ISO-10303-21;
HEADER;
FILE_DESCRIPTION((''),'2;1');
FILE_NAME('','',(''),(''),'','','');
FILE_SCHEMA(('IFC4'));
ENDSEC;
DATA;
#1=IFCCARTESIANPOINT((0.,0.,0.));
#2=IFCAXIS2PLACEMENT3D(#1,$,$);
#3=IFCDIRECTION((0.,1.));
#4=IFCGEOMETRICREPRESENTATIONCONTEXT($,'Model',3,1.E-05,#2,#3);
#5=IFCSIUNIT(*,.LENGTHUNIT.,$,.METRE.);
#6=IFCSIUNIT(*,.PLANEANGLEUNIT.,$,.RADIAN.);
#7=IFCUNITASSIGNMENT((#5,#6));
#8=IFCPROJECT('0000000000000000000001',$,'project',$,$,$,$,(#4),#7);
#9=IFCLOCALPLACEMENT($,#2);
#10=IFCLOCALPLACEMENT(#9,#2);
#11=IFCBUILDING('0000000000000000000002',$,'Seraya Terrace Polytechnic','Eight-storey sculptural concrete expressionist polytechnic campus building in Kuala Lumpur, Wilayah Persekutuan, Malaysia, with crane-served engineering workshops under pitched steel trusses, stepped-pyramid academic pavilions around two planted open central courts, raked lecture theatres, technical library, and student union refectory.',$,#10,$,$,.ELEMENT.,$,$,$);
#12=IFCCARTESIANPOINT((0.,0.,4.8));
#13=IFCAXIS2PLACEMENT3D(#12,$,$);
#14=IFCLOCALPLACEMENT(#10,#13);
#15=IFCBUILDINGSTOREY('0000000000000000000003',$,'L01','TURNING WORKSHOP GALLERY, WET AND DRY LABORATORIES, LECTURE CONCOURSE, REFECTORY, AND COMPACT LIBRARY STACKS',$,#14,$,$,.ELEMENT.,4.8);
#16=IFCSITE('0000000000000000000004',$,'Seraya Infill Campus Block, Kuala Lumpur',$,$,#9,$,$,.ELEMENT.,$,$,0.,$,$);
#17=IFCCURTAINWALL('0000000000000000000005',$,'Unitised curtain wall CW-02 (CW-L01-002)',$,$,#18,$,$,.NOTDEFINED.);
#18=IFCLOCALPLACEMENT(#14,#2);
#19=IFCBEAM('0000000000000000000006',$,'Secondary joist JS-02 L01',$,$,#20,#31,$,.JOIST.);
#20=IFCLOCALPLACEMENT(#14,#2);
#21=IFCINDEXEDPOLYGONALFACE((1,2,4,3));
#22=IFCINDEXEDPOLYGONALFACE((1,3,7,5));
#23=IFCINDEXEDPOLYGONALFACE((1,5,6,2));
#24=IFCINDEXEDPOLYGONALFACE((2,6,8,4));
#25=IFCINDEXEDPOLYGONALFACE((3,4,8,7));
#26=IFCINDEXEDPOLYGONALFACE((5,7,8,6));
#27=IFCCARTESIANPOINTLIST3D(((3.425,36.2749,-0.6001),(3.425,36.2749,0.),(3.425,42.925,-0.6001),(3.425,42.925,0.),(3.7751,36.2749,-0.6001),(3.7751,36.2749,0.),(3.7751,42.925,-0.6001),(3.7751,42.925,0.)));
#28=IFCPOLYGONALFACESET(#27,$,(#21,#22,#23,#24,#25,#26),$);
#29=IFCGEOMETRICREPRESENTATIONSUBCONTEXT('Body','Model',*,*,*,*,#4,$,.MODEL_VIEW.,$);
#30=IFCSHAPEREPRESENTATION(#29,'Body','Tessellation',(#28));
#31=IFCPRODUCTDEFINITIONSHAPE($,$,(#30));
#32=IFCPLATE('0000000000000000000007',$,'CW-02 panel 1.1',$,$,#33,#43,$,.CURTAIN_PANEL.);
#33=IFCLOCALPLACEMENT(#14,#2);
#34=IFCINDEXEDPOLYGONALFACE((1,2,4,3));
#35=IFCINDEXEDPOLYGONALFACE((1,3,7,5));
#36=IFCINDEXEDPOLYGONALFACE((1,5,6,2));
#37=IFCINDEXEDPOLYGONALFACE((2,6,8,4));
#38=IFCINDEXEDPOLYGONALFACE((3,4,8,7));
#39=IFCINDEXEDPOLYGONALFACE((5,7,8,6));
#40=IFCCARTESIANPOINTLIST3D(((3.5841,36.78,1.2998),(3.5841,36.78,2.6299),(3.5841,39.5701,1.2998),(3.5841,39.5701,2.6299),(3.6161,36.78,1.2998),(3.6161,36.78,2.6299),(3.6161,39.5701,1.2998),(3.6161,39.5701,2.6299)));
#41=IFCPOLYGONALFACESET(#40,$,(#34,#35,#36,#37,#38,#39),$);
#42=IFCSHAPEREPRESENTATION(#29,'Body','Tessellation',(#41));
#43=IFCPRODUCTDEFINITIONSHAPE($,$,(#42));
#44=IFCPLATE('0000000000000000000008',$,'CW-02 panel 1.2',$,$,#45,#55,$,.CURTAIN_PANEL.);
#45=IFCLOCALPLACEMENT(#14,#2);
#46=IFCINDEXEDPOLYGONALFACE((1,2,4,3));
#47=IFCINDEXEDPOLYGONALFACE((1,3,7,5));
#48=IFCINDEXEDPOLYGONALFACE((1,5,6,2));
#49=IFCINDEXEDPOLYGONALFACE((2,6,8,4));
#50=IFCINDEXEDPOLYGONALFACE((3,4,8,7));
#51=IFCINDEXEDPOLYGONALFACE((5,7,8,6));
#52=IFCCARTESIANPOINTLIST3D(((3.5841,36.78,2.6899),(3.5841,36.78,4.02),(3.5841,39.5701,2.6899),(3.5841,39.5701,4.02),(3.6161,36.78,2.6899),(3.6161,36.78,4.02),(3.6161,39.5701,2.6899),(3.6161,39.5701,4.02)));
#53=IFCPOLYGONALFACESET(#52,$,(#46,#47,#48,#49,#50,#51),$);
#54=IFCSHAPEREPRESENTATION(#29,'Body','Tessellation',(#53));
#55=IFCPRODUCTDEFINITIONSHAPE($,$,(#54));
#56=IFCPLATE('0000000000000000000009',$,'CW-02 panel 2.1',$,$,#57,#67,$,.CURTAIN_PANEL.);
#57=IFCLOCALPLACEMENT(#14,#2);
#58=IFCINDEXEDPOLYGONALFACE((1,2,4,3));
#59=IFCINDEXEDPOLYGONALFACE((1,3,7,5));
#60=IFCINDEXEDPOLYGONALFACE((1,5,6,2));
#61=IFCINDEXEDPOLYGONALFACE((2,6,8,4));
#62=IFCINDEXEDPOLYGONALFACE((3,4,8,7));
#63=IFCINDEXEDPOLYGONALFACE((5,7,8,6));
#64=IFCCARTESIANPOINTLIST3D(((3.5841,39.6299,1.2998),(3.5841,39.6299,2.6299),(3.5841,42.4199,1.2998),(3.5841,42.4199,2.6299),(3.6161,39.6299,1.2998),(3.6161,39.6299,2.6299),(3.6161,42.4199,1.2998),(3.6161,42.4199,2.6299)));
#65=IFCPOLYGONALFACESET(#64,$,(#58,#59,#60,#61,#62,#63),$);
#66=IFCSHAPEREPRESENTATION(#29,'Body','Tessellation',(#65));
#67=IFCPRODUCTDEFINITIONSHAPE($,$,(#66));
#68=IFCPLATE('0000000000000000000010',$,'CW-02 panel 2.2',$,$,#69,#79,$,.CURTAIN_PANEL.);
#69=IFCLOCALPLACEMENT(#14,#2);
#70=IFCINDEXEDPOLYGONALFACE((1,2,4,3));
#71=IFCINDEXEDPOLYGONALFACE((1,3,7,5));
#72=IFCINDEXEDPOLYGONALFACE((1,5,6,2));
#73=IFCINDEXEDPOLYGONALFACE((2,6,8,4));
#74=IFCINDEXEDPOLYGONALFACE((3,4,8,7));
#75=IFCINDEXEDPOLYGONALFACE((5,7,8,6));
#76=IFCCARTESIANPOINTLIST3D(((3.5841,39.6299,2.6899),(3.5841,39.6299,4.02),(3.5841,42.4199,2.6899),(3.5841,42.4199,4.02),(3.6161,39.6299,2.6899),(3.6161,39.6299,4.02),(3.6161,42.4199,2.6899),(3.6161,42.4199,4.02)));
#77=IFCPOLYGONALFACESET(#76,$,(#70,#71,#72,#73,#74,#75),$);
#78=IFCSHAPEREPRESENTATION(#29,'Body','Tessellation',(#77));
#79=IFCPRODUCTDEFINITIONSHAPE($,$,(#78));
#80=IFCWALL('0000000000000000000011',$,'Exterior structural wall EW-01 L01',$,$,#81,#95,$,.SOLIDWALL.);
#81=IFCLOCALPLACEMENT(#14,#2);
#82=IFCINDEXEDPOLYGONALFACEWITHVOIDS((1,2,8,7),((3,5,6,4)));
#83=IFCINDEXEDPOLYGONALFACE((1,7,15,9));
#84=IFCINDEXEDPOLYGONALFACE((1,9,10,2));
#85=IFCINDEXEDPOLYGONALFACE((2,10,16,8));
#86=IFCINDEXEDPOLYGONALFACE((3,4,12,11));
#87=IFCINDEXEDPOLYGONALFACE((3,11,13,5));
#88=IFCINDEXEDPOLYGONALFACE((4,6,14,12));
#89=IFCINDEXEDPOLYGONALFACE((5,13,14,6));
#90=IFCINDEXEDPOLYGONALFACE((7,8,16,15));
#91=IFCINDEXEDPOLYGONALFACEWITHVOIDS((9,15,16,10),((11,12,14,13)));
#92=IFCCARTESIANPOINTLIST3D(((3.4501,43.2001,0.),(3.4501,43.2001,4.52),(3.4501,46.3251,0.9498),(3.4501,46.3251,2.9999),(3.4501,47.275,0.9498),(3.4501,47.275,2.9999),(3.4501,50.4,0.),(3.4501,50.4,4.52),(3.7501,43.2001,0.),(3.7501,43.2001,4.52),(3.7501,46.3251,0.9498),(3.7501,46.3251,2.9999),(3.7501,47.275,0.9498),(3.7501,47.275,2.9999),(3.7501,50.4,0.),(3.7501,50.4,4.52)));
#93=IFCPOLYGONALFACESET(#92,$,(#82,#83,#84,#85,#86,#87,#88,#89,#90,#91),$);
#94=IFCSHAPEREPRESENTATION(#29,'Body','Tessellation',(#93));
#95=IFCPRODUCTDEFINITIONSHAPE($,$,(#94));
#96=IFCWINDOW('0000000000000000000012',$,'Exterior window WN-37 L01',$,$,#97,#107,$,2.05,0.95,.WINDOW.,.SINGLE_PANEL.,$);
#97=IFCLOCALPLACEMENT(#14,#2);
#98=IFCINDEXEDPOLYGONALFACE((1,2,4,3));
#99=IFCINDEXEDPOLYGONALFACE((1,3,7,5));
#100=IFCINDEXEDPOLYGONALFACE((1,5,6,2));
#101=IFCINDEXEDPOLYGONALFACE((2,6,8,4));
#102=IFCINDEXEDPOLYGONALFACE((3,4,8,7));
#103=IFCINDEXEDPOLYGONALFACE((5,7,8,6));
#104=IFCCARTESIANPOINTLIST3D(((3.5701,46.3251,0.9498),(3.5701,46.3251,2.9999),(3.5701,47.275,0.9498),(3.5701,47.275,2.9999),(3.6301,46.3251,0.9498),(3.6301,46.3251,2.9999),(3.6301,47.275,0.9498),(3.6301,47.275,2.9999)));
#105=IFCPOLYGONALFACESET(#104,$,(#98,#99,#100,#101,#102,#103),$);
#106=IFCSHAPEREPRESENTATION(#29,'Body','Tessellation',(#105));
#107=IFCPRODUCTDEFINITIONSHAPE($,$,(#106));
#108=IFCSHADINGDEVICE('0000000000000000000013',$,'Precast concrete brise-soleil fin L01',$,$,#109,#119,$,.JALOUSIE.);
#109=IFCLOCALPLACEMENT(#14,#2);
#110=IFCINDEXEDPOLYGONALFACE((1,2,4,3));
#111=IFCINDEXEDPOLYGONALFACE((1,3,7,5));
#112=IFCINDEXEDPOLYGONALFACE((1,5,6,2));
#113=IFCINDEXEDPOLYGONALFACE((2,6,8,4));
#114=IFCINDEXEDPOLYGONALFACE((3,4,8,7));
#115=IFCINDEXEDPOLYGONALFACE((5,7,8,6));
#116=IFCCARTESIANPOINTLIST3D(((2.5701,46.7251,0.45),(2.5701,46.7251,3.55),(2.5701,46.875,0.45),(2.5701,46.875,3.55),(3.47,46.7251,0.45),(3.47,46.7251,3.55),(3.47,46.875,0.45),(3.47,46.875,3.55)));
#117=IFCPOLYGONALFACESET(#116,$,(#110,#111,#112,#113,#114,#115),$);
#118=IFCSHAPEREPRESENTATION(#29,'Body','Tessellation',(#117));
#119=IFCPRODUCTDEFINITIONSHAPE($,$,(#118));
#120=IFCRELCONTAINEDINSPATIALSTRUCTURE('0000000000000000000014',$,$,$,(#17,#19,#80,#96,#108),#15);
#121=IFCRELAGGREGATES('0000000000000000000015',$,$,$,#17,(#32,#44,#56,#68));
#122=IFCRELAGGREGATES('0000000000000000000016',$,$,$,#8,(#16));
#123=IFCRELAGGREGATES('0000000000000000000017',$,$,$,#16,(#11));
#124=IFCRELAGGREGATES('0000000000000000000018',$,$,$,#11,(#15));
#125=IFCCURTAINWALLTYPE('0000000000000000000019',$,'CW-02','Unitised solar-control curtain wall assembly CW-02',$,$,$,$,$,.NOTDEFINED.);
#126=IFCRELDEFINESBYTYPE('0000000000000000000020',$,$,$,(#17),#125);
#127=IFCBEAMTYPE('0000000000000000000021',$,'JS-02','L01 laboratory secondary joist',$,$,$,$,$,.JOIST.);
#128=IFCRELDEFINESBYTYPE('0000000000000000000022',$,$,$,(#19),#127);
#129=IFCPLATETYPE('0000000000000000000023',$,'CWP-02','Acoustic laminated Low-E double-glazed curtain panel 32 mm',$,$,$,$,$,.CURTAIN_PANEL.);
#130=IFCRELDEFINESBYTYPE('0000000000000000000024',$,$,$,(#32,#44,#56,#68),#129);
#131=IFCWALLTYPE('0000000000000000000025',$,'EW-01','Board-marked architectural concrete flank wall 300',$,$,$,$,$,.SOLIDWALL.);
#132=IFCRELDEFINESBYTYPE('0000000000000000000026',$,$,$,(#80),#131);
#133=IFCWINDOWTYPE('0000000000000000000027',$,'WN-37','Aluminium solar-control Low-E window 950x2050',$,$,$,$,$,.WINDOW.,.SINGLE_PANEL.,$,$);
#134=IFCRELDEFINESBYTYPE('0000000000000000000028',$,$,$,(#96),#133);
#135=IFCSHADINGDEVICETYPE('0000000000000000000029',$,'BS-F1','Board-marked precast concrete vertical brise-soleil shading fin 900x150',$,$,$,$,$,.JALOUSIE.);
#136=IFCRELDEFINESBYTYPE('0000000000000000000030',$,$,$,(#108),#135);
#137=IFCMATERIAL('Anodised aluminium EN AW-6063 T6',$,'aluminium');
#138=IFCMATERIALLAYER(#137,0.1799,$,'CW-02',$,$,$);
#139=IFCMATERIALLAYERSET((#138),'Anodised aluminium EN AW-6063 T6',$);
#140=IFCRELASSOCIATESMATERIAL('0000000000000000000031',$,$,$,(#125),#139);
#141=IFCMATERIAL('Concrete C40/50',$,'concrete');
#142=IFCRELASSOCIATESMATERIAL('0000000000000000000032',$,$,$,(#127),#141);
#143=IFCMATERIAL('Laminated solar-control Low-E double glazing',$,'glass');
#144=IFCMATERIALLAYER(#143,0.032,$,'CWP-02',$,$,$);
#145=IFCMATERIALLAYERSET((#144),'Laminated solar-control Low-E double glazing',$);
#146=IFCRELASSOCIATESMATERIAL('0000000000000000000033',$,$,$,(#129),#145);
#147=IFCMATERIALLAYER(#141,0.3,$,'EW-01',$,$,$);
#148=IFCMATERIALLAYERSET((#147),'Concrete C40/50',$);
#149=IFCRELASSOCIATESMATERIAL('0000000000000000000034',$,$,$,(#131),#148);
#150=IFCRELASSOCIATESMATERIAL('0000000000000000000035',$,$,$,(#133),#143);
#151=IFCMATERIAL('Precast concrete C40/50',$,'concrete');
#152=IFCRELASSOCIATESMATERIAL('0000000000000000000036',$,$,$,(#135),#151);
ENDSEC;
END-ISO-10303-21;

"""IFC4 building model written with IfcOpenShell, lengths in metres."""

from ifc_helpers import new_model, si_unit, direction, frame, frame_2d, origin, origin_2d, place, context, subcontext, project, spatial, rectangle, extrude, material, layer, layer_set, material_profile, profile_set, type_object, element, fill, aggregate, save


model = new_model("IFC4")

# Units and contexts
model_context = context("Model", 3, precision=1e-05, world=origin(), true_north=direction((0.0, 1.0)))
body_context = subcontext(model_context, "Body", "Model", "MODEL_VIEW")
ifc_project = project(units=[si_unit("LENGTHUNIT", "METRE"), si_unit("PLANEANGLEUNIT", "RADIAN")], contexts=[model_context])

# Site, building, storey
site_placement = place(None, origin())
site = spatial("IfcSite", under=ifc_project, at=site_placement, Name="Seraya Infill Campus Block, Kuala Lumpur", CompositionType="ELEMENT", RefElevation=0.0)
building_placement = place(site_placement, origin())
building = spatial("IfcBuilding", under=site, at=building_placement, Name="Seraya Terrace Polytechnic", Description="Eight-storey sculptural concrete expressionist polytechnic campus building in Kuala Lumpur, Wilayah Persekutuan, Malaysia, with crane-served engineering workshops under pitched steel trusses, stepped-pyramid academic pavilions around two planted open central courts, raked lecture theatres, technical library, and student union refectory.", CompositionType="ELEMENT")
storey_placement = place(building_placement, frame((0.0, 0.0, 4.8)))
storey = spatial("IfcBuildingStorey", under=building, at=storey_placement, Name="L01", Description="TURNING WORKSHOP GALLERY, WET AND DRY LABORATORIES, LECTURE CONCOURSE, REFECTORY, AND COMPACT LIBRARY STACKS", CompositionType="ELEMENT", Elevation=4.8)

# Shared definitions
ifc_material_1 = material(Name="Concrete C40/50", Category="concrete")

# Curtain wall
ifc_material_2 = material(Name="Anodised aluminium EN AW-6063 T6", Category="aluminium")
ifc_layer_1 = layer(ifc_material_2, 0.1799, Name="CW-02")
ifc_layer_set_1 = layer_set([ifc_layer_1], Name="Anodised aluminium EN AW-6063 T6")
curtain_wall_type = type_object("IfcCurtainWallType", Name="CW-02", Description="Unitised solar-control curtain wall assembly CW-02", PredefinedType="NOTDEFINED", material=ifc_layer_set_1)
curtain_wall_placement = place(storey_placement, origin())
curtain_wall = element("IfcCurtainWall", 1, at=curtain_wall_placement, inside=storey, type_object=curtain_wall_type, Name="Unitised curtain wall CW-02 (CW-L01-002)", PredefinedType="NOTDEFINED")

# Beam
ifc_material_profile_1 = material_profile(ifc_material_1, rectangle(XDim=0.3501, YDim=0.6001, at=origin_2d()), Name="RC 350x600")
ifc_profile_set_1 = profile_set([ifc_material_profile_1], Name="Concrete C40/50")
beam_type_1 = type_object("IfcBeamType", Name="JS-02", Description="L01 laboratory secondary joist", PredefinedType="JOIST", material=ifc_profile_set_1)
beam_placement = place(storey_placement, frame((3.6001, 36.2749, -0.3), z_axis=(0.0, 1.0, 0.0), x_axis=(-1.0, 0.0, 0.0)))
element("IfcBeam", 2, at=beam_placement, inside=storey, type_object=beam_type_1, Name="Secondary joist JS-02 L01", PredefinedType="JOIST", context=body_context, shape_type="SweptSolid", body=[
    extrude(rectangle(XDim=0.3501, YDim=0.6001, at=origin_2d()), origin(), (0.0, 0.0, 1.0), 6.6501),
])

# Plates
ifc_material_3 = material(Name="Laminated solar-control Low-E double glazing", Category="glass")
ifc_layer_2 = layer(ifc_material_3, 0.032, Name="CWP-02")
ifc_layer_set_2 = layer_set([ifc_layer_2], Name="Laminated solar-control Low-E double glazing")
plate_type = type_object("IfcPlateType", Name="CWP-02", Description="Acoustic laminated Low-E double-glazed curtain panel 32 mm", PredefinedType="CURTAIN_PANEL", material=ifc_layer_set_2)
plate_1_placement = place(storey_placement, frame((3.6001, 38.175, 1.2998), z_axis=(0.0, 0.0, 1.0), x_axis=(0.0, 1.0, 0.0)))
plate_1 = element("IfcPlate", 3, at=plate_1_placement, type_object=plate_type, Name="CW-02 panel 1.1", PredefinedType="CURTAIN_PANEL", context=body_context, shape_type="SweptSolid", body=[
    extrude(rectangle(XDim=2.79, YDim=0.032, at=origin_2d()), origin(), (0.0, 0.0, 1.0), 1.3301),
])
plate_2_placement = place(storey_placement, frame((3.6001, 38.175, 2.6899), z_axis=(0.0, 0.0, 1.0), x_axis=(0.0, 1.0, 0.0)))
plate_2 = element("IfcPlate", 4, at=plate_2_placement, type_object=plate_type, Name="CW-02 panel 1.2", PredefinedType="CURTAIN_PANEL", context=body_context, shape_type="SweptSolid", body=[
    extrude(rectangle(XDim=2.79, YDim=0.032, at=origin_2d()), origin(), (0.0, 0.0, 1.0), 1.3301),
])
plate_3_placement = place(storey_placement, frame((3.6001, 41.0249, 1.2998), z_axis=(0.0, 0.0, 1.0), x_axis=(0.0, 1.0, 0.0)))
plate_3 = element("IfcPlate", 5, at=plate_3_placement, type_object=plate_type, Name="CW-02 panel 2.1", PredefinedType="CURTAIN_PANEL", context=body_context, shape_type="SweptSolid", body=[
    extrude(rectangle(XDim=2.79, YDim=0.032, at=origin_2d()), origin(), (0.0, 0.0, 1.0), 1.3301),
])
plate_4_placement = place(storey_placement, frame((3.6001, 41.0249, 2.6899), z_axis=(0.0, 0.0, 1.0), x_axis=(0.0, 1.0, 0.0)))
plate_4 = element("IfcPlate", 6, at=plate_4_placement, type_object=plate_type, Name="CW-02 panel 2.2", PredefinedType="CURTAIN_PANEL", context=body_context, shape_type="SweptSolid", body=[
    extrude(rectangle(XDim=2.79, YDim=0.032, at=origin_2d()), origin(), (0.0, 0.0, 1.0), 1.3301),
])
aggregate(curtain_wall, [plate_1, plate_2, plate_3, plate_4])

# Wall, opening, window
ifc_layer_3 = layer(ifc_material_1, 0.3, Name="EW-01")
ifc_layer_set_3 = layer_set([ifc_layer_3], Name="Concrete C40/50")
wall_type = type_object("IfcWallType", Name="EW-01", Description="Board-marked architectural concrete flank wall 300", PredefinedType="SOLIDWALL", material=ifc_layer_set_3)
wall_placement = place(storey_placement, frame((3.6001, 43.2, 0.0), z_axis=(0.0, 0.0, 1.0), x_axis=(0.0, 1.0, 0.0)))
wall = element("IfcWall", 7, at=wall_placement, inside=storey, type_object=wall_type, Name="Exterior structural wall EW-01 L01", PredefinedType="SOLIDWALL", context=body_context, shape_type="SweptSolid", body=[
    extrude(rectangle(XDim=7.2, YDim=0.3, at=frame_2d((3.6001, 0.0))), origin(), (0.0, 0.0, 1.0), 4.52),
])
opening_placement = place(wall_placement, frame((3.125, 0.0, 0.95)))
opening = element("IfcOpeningElement", 8, at=opening_placement, cuts=wall, PredefinedType="OPENING", context=body_context, shape_type="SweptSolid", body=[
    extrude(rectangle(XDim=0.95, YDim=2.05, at=frame_2d((0.4751, 1.0249))), frame((0.0, 0.1621, 0.0), z_axis=(0.0, -1.0, 0.0), x_axis=(1.0, 0.0, 0.0)), (0.0, 0.0, 1.0), 0.324),
])
window_type = type_object("IfcWindowType", Name="WN-37", Description="Aluminium solar-control Low-E window 950x2050", PartitioningType="SINGLE_PANEL", PredefinedType="WINDOW", material=ifc_material_3)
window_placement = place(opening_placement, origin())
window = element("IfcWindow", 9, at=window_placement, inside=storey, type_object=window_type, Name="Exterior window WN-37 L01", OverallHeight=2.05, OverallWidth=0.95, PartitioningType="SINGLE_PANEL", PredefinedType="WINDOW", context=body_context, shape_type="SweptSolid", body=[
    extrude(rectangle(XDim=0.95, YDim=2.05, at=frame_2d((0.4751, 1.0249))), frame((0.0, 0.03, 0.0), z_axis=(0.0, -1.0, 0.0), x_axis=(1.0, 0.0, 0.0)), (0.0, 0.0, 1.0), 0.0601),
])
fill(opening, window)

# Shading device
ifc_material_4 = material(Name="Precast concrete C40/50", Category="concrete")
shading_device_type = type_object("IfcShadingDeviceType", Name="BS-F1", Description="Board-marked precast concrete vertical brise-soleil shading fin 900x150", PredefinedType="JALOUSIE", material=ifc_material_4)
shading_device_placement = place(storey_placement, frame((3.02, 46.8, 0.45), z_axis=(0.0, 0.0, 1.0), x_axis=(-1.0, 0.0, 0.0)))
element("IfcShadingDevice", 10, at=shading_device_placement, inside=storey, type_object=shading_device_type, Name="Precast concrete brise-soleil fin L01", PredefinedType="JALOUSIE", context=body_context, shape_type="SweptSolid", body=[
    extrude(rectangle(XDim=0.8999, YDim=0.1499, at=origin_2d()), origin(), (0.0, 0.0, 1.0), 3.1001),
])

save(model, "model.ifc")
